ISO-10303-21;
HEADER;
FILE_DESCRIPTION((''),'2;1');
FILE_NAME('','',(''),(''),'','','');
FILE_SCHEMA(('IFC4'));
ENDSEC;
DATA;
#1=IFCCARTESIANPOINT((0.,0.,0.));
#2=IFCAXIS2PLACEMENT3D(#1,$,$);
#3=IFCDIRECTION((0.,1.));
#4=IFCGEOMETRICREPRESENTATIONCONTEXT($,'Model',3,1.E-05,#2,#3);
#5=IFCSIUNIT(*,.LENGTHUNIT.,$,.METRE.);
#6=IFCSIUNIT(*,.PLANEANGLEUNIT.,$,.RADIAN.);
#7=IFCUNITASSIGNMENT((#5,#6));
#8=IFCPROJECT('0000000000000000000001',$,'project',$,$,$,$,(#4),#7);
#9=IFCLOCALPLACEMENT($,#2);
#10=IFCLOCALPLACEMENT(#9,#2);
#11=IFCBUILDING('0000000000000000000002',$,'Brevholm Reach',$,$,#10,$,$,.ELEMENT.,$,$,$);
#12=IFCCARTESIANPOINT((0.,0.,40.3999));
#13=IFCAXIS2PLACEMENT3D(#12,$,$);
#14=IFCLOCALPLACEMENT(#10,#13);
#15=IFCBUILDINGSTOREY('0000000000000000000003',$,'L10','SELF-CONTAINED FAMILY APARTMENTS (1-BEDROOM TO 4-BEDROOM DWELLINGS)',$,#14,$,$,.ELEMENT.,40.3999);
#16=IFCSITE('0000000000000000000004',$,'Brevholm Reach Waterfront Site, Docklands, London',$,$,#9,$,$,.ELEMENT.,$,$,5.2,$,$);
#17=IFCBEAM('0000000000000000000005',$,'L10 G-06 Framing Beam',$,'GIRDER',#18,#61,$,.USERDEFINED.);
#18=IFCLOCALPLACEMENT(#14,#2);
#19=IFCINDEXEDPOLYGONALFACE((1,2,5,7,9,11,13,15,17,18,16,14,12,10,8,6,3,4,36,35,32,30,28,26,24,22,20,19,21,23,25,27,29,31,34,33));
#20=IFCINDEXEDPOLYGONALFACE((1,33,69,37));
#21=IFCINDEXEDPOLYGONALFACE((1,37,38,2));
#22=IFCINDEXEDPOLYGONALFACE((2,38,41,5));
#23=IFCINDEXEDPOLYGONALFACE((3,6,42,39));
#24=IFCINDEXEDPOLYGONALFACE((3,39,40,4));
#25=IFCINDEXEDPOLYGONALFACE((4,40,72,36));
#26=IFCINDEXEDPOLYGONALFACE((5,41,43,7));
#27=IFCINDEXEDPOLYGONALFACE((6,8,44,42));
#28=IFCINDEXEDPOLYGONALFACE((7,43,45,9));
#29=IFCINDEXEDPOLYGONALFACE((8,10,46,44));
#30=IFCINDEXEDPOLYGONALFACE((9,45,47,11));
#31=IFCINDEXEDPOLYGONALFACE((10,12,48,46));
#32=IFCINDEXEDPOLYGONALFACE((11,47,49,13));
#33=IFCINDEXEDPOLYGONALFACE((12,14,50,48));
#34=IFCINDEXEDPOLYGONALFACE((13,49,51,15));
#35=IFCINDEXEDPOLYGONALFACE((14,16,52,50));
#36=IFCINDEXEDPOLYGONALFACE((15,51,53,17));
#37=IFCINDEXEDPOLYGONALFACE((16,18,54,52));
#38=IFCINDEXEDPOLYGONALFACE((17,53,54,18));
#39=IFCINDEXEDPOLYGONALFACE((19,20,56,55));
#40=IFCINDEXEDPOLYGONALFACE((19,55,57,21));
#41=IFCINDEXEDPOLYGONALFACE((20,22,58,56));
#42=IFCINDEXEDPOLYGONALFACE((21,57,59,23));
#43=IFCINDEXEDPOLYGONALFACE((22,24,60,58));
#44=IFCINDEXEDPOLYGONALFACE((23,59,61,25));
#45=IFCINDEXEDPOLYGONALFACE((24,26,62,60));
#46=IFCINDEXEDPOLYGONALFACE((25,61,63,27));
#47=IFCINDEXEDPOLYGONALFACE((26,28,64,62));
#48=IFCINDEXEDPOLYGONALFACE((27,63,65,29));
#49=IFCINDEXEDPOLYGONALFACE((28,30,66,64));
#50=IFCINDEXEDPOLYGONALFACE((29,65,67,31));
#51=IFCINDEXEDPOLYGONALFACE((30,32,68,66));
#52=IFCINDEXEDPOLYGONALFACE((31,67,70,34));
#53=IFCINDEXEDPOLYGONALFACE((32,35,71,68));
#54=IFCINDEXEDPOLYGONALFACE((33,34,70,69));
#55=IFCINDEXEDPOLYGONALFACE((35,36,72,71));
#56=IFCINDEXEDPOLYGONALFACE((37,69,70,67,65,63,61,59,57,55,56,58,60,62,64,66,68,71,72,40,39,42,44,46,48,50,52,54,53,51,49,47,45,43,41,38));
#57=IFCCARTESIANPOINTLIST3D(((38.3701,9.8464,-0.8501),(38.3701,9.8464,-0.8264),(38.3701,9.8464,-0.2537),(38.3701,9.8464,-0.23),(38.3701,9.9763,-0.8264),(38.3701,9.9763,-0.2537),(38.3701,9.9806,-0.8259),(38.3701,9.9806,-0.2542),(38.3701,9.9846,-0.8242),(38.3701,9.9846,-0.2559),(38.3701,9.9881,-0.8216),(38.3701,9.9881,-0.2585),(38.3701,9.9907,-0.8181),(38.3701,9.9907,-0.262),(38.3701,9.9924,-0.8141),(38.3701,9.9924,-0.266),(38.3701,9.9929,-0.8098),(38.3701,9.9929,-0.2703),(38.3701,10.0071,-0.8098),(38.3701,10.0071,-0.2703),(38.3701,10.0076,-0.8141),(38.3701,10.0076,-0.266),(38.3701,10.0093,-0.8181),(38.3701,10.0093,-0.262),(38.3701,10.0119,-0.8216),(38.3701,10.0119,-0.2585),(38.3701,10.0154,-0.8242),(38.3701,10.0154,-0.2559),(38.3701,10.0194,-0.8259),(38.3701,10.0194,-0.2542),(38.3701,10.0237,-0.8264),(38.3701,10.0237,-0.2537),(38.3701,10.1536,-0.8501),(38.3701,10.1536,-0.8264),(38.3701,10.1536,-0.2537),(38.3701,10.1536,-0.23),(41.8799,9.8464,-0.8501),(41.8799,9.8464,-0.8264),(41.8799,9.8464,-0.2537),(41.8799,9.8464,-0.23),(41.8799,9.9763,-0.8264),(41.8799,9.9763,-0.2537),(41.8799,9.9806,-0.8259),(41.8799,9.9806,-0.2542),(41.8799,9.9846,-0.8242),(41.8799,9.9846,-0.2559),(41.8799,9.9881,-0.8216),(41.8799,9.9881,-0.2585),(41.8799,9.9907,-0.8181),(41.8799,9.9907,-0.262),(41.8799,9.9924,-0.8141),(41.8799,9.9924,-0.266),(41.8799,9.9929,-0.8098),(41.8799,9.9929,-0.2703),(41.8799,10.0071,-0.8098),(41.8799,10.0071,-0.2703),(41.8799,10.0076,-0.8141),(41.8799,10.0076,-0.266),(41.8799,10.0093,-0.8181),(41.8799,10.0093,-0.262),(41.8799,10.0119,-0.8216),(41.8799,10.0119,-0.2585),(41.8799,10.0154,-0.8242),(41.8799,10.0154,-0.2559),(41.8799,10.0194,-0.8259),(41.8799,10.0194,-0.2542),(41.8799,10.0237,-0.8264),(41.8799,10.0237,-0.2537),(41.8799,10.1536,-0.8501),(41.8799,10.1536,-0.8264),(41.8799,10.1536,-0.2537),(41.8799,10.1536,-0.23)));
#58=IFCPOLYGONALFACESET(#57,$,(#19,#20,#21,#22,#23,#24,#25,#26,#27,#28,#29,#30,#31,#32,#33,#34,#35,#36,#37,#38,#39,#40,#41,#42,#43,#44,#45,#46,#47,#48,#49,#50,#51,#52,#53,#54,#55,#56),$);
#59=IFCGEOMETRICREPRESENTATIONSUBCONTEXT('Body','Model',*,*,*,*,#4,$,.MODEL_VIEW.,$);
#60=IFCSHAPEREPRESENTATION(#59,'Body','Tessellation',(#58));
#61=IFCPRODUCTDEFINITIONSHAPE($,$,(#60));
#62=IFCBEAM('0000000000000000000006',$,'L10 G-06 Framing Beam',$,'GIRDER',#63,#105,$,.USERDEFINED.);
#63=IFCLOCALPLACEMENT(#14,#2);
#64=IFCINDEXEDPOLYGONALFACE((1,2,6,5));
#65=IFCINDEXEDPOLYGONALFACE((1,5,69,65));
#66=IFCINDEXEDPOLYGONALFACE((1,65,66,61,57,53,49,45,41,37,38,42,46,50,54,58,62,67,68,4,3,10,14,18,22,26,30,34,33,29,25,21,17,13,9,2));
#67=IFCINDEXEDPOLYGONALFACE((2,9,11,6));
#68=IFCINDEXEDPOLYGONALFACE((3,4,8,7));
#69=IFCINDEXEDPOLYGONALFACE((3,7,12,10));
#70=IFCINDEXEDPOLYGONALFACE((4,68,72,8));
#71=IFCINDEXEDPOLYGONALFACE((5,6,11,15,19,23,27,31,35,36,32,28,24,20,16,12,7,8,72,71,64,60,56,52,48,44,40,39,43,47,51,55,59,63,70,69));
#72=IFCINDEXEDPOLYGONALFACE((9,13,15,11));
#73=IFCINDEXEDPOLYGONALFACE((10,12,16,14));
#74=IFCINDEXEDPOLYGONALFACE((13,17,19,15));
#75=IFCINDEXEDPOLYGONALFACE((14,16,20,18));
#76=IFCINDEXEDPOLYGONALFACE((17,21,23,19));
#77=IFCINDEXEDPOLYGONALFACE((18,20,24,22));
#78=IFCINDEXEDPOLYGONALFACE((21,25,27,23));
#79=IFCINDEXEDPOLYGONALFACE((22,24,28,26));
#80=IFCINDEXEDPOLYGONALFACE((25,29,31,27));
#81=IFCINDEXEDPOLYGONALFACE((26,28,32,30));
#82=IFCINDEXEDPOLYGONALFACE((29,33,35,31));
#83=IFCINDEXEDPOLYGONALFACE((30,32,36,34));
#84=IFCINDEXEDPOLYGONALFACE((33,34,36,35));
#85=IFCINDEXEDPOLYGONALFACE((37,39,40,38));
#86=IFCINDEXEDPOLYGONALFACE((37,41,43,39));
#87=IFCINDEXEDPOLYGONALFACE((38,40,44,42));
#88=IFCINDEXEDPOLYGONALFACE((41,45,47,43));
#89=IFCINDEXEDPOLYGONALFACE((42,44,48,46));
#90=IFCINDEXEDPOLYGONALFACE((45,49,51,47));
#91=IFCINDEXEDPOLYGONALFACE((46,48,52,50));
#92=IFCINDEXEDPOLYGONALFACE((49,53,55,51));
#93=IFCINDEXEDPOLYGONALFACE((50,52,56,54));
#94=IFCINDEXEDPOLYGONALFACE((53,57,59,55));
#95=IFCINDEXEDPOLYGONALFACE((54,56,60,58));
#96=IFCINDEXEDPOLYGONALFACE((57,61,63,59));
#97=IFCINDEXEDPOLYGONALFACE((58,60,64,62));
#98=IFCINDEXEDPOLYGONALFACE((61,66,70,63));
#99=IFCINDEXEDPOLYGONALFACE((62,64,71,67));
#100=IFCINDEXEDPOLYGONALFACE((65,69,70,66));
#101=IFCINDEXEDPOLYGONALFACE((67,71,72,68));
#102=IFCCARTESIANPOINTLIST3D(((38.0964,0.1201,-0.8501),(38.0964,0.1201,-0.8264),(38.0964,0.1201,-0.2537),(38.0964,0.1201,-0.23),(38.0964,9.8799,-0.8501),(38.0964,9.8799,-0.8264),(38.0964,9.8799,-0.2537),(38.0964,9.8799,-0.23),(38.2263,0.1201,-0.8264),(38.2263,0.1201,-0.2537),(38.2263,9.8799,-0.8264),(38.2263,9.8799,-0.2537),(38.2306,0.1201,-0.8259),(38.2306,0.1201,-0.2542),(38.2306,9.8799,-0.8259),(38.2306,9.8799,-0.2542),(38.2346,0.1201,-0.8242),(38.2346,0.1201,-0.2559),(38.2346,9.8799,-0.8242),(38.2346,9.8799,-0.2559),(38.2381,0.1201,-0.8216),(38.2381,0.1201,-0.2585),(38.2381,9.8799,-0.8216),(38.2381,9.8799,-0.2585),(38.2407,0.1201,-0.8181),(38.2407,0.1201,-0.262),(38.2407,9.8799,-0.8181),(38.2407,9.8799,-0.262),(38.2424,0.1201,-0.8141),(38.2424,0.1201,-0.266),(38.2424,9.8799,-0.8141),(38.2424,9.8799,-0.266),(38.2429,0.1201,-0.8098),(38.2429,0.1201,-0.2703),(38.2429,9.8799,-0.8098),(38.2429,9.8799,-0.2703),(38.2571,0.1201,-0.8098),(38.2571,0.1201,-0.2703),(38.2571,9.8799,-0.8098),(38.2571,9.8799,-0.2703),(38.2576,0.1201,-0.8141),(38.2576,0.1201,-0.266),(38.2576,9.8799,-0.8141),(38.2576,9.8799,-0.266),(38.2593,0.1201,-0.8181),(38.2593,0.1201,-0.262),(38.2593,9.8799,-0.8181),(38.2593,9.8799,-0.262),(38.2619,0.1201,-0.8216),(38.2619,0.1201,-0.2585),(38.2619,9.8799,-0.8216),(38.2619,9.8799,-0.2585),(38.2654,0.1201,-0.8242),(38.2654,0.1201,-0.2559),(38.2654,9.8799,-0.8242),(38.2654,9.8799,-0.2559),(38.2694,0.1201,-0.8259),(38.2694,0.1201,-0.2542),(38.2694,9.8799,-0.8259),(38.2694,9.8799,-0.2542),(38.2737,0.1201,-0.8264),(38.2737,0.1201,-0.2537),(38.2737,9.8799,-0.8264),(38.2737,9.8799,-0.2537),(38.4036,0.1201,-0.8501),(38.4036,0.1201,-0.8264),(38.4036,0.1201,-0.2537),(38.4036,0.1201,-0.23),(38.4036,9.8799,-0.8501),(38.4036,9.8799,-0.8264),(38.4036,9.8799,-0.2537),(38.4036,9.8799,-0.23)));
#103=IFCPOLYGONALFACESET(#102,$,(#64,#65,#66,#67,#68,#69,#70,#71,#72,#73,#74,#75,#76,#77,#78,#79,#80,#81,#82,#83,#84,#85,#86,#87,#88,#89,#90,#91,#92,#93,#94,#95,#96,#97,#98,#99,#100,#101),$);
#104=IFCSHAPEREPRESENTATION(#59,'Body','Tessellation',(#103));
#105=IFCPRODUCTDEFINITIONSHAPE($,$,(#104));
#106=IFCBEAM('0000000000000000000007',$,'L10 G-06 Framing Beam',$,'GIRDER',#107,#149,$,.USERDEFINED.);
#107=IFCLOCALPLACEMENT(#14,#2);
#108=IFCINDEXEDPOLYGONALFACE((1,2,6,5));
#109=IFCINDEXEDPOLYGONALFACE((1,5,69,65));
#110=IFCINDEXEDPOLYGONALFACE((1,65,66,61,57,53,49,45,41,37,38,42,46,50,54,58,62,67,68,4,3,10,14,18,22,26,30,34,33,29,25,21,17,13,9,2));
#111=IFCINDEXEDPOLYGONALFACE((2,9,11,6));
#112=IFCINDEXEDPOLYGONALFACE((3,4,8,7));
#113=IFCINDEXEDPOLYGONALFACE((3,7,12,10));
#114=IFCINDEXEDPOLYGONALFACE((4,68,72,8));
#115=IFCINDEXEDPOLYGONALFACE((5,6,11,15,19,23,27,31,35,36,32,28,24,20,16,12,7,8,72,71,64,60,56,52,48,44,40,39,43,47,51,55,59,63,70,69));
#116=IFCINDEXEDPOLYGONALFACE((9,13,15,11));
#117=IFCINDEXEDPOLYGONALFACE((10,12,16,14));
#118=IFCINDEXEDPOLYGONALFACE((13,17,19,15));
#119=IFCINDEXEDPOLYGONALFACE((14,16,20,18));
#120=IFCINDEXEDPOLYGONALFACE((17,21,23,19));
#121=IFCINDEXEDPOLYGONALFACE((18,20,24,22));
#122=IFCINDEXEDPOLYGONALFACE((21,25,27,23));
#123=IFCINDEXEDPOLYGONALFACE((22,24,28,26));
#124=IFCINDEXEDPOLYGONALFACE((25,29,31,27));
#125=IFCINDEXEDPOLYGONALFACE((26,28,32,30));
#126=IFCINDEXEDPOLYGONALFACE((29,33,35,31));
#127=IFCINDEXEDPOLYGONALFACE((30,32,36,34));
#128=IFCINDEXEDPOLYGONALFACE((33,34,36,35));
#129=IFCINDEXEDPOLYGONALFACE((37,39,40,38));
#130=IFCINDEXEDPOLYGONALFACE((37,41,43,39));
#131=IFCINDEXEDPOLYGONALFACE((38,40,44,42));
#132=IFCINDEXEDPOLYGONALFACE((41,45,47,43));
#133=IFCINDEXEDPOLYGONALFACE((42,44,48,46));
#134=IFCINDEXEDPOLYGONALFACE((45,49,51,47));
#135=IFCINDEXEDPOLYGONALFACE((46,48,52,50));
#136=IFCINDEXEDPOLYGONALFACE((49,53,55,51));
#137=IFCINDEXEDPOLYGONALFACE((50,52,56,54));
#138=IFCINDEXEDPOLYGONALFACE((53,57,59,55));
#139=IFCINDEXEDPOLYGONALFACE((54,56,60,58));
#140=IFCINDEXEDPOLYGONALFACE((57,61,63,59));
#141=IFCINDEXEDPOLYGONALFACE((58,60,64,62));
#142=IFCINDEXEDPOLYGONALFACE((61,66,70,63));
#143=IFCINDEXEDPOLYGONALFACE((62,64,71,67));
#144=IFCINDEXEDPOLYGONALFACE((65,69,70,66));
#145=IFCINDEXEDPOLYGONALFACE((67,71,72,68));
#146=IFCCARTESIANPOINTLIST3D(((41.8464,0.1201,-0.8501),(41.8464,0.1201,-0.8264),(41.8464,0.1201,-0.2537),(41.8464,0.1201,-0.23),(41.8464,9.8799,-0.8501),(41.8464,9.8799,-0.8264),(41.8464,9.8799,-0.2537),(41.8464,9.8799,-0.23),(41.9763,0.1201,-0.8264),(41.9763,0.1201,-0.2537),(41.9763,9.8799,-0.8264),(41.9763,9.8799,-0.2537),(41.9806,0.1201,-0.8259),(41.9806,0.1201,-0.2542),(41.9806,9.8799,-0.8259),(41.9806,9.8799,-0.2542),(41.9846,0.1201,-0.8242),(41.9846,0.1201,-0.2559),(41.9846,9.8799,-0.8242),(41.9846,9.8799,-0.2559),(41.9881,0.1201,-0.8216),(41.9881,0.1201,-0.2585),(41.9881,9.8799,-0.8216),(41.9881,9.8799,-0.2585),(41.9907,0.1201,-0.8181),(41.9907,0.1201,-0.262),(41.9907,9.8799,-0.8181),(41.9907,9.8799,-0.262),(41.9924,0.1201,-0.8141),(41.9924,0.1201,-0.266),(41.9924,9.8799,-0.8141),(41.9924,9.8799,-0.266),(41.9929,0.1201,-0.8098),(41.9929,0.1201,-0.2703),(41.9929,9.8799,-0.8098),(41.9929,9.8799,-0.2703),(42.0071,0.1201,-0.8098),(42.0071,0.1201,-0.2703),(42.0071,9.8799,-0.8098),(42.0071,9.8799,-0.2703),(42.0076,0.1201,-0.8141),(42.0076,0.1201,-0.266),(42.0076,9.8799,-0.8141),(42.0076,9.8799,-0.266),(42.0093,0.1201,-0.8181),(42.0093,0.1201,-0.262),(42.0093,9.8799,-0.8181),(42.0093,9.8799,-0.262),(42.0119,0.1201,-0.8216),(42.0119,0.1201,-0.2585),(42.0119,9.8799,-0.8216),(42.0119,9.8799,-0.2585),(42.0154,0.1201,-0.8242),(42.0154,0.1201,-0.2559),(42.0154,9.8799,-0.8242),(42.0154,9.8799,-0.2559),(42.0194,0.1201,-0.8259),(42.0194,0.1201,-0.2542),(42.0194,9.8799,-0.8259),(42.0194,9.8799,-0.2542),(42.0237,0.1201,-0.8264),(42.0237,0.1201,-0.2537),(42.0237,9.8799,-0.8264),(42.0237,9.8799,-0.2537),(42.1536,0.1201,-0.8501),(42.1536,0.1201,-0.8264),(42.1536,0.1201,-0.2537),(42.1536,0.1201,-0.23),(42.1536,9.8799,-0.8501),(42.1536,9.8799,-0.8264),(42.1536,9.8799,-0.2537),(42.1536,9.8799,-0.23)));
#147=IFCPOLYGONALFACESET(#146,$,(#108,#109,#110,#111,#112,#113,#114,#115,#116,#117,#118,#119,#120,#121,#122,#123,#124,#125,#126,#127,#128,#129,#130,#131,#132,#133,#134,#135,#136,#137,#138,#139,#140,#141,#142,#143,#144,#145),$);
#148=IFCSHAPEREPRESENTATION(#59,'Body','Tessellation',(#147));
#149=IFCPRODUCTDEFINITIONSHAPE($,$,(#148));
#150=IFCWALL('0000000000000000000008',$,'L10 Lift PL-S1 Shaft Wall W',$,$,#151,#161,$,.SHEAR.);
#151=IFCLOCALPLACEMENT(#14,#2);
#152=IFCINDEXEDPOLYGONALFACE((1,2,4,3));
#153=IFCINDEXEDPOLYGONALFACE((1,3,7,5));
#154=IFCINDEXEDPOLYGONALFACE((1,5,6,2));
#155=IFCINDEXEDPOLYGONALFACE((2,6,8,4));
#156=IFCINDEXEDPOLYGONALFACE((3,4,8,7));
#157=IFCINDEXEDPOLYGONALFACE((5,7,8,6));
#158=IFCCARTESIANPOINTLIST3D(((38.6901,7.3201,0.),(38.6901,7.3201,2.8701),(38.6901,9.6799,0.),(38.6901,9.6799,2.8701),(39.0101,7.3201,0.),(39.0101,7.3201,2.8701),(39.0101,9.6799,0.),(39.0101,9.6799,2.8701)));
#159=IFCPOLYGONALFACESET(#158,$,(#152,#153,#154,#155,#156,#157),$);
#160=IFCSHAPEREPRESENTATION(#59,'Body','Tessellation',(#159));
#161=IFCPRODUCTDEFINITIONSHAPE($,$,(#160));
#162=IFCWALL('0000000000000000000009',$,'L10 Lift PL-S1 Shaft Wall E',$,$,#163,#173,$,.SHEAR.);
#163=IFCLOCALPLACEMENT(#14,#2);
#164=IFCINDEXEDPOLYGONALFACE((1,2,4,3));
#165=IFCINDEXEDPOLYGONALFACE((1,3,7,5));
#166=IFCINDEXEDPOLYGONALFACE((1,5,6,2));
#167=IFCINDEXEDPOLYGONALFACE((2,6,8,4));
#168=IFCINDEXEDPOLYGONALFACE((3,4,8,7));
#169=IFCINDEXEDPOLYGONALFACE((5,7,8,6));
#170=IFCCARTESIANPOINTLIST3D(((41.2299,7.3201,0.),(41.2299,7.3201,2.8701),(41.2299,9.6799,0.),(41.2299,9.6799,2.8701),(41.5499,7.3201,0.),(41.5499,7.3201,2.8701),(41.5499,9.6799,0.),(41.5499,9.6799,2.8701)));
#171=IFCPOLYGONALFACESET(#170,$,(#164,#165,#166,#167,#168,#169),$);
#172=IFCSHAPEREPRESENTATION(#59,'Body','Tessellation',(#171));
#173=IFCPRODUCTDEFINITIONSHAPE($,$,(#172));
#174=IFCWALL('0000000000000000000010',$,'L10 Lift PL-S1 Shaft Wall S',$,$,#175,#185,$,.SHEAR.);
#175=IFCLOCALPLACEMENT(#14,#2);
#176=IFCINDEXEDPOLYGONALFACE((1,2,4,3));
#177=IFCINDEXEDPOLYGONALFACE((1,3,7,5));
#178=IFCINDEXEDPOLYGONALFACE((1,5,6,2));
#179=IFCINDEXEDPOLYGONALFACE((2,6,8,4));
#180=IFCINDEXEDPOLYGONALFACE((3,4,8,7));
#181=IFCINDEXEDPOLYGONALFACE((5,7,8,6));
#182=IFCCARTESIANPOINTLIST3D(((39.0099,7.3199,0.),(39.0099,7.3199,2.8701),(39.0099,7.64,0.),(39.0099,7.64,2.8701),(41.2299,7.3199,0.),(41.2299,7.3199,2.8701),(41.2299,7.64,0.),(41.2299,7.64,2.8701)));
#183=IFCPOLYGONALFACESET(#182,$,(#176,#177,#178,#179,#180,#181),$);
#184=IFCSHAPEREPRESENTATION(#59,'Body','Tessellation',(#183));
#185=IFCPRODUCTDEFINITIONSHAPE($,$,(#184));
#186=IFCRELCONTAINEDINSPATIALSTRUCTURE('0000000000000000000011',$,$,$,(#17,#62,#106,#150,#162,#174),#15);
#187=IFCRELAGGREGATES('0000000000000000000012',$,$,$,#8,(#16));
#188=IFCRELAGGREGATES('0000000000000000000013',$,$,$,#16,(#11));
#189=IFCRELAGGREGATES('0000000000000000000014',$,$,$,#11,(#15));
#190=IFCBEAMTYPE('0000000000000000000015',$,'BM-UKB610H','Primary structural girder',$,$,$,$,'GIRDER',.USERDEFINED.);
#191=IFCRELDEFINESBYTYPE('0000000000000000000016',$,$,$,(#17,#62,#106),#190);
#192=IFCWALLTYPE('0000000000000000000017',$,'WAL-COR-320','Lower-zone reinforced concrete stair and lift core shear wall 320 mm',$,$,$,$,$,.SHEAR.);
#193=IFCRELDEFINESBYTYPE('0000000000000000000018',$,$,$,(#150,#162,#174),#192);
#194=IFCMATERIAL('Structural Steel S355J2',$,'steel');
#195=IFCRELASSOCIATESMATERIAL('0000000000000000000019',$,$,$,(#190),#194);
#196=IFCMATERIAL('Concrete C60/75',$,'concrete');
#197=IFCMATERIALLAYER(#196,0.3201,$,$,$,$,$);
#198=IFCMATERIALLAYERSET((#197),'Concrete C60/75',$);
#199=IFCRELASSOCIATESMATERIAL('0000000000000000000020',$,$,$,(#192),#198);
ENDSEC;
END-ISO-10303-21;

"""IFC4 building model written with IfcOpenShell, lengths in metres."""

from ifc_helpers import new_model, si_unit, direction, frame, frame_2d, origin, origin_2d, place, context, subcontext, project, spatial, rectangle, i_section, extrude, material, layer, layer_set, material_profile, profile_set, type_object, element, save


model = new_model("IFC4")

# Units and contexts
model_context = context("Model", 3, precision=1e-05, world=origin(), true_north=direction((0.0, 1.0)))
body_context = subcontext(model_context, "Body", "Model", "MODEL_VIEW")
ifc_project = project(units=[si_unit("LENGTHUNIT", "METRE"), si_unit("PLANEANGLEUNIT", "RADIAN")], contexts=[model_context])

# Site, building, storey
site_placement = place(None, origin())
site = spatial("IfcSite", under=ifc_project, at=site_placement, Name="Brevholm Reach Waterfront Site, Docklands, London", CompositionType="ELEMENT", RefElevation=5.2)
building_placement = place(site_placement, origin())
building = spatial("IfcBuilding", under=site, at=building_placement, Name="Brevholm Reach", CompositionType="ELEMENT")
storey_placement = place(building_placement, frame((0.0, 0.0, 40.3999)))
storey = spatial("IfcBuildingStorey", under=building, at=storey_placement, Name="L10", Description="SELF-CONTAINED FAMILY APARTMENTS (1-BEDROOM TO 4-BEDROOM DWELLINGS)", CompositionType="ELEMENT", Elevation=40.3999)

# Beams
ifc_material_1 = material(Name="Structural Steel S355J2", Category="steel")
ifc_material_profile_1 = material_profile(ifc_material_1, i_section(OverallWidth=0.3071, OverallDepth=0.6201, WebThickness=0.0142, FlangeThickness=0.0237, FilletRadius=0.0166, at=origin_2d()), Name="UKB 610x305x179")
ifc_profile_set_1 = profile_set([ifc_material_profile_1], Name="Structural Steel S355J2")
beam_type_1 = type_object("IfcBeamType", Name="BM-UKB610H", Description="Primary structural girder", ElementType="GIRDER", PredefinedType="USERDEFINED", material=ifc_profile_set_1)
beam_1_placement = place(storey_placement, frame((38.3701, 10.0, -0.54), z_axis=(1.0, 0.0, 0.0), x_axis=(0.0, 1.0, 0.0)))
element("IfcBeam", 1, at=beam_1_placement, inside=storey, type_object=beam_type_1, Name="L10 G-06 Framing Beam", ObjectType="GIRDER", PredefinedType="USERDEFINED", context=body_context, shape_type="SweptSolid", body=[
    extrude(i_section(OverallWidth=0.3071, OverallDepth=0.6201, WebThickness=0.0142, FlangeThickness=0.0237, FilletRadius=0.0166, at=origin_2d()), origin(), (0.0, 0.0, 1.0), 3.5098),
])
for number, where, z_axis, x_axis, name in (
    (2, (38.25, 0.1201, -0.54), (0.0, 1.0, 0.0), (-1.0, 0.0, 0.0), "L10 G-06 Framing Beam"),
    (3, (42.0, 0.1201, -0.54), (0.0, 1.0, 0.0), (-1.0, 0.0, 0.0), "L10 G-06 Framing Beam"),
):
    element("IfcBeam", number, at=place(storey_placement, frame(where, z_axis=z_axis, x_axis=x_axis)), inside=storey, type_object=beam_type_1, Name=name, ObjectType="GIRDER", PredefinedType="USERDEFINED", context=body_context, shape_type="SweptSolid", body=[
        extrude(i_section(OverallWidth=0.3071, OverallDepth=0.6201, WebThickness=0.0142, FlangeThickness=0.0237, FilletRadius=0.0166, at=origin_2d()), origin(), (0.0, 0.0, 1.0), 9.7598),
    ])

# Walls
ifc_material_2 = material(Name="Concrete C60/75", Category="concrete")
ifc_layer_1 = layer(ifc_material_2, 0.3201)
ifc_layer_set_1 = layer_set([ifc_layer_1], Name="Concrete C60/75")
wall_type_1 = type_object("IfcWallType", Name="WAL-COR-320", Description="Lower-zone reinforced concrete stair and lift core shear wall 320 mm", PredefinedType="SHEAR", material=ifc_layer_set_1)
for number, where, z_axis, x_axis, name in (
    (4, (38.8501, 7.3201, 0.0), (0.0, 0.0, 1.0), (0.0, 1.0, 0.0), "L10 Lift PL-S1 Shaft Wall W"),
    (5, (41.3899, 7.3201, 0.0), (0.0, 0.0, 1.0), (0.0, 1.0, 0.0), "L10 Lift PL-S1 Shaft Wall E"),
):
    element("IfcWall", number, at=place(storey_placement, frame(where, z_axis=z_axis, x_axis=x_axis)), inside=storey, type_object=wall_type_1, Name=name, PredefinedType="SHEAR", context=body_context, shape_type="SweptSolid", body=[
        extrude(rectangle(XDim=2.3599, YDim=0.3201, at=frame_2d((1.1799, 0.0))), origin(), (0.0, 0.0, 1.0), 2.8701),
    ])
wall_1_placement = place(storey_placement, frame((39.01, 7.48, 0.0), z_axis=(0.0, 0.0, 1.0), x_axis=(1.0, 0.0, 0.0)))
element("IfcWall", 6, at=wall_1_placement, inside=storey, type_object=wall_type_1, Name="L10 Lift PL-S1 Shaft Wall S", PredefinedType="SHEAR", context=body_context, shape_type="SweptSolid", body=[
    extrude(rectangle(XDim=2.22, YDim=0.3201, at=frame_2d((1.1099, 0.0))), origin(), (0.0, 0.0, 1.0), 2.8701),
])

save(model, "model.ifc")
